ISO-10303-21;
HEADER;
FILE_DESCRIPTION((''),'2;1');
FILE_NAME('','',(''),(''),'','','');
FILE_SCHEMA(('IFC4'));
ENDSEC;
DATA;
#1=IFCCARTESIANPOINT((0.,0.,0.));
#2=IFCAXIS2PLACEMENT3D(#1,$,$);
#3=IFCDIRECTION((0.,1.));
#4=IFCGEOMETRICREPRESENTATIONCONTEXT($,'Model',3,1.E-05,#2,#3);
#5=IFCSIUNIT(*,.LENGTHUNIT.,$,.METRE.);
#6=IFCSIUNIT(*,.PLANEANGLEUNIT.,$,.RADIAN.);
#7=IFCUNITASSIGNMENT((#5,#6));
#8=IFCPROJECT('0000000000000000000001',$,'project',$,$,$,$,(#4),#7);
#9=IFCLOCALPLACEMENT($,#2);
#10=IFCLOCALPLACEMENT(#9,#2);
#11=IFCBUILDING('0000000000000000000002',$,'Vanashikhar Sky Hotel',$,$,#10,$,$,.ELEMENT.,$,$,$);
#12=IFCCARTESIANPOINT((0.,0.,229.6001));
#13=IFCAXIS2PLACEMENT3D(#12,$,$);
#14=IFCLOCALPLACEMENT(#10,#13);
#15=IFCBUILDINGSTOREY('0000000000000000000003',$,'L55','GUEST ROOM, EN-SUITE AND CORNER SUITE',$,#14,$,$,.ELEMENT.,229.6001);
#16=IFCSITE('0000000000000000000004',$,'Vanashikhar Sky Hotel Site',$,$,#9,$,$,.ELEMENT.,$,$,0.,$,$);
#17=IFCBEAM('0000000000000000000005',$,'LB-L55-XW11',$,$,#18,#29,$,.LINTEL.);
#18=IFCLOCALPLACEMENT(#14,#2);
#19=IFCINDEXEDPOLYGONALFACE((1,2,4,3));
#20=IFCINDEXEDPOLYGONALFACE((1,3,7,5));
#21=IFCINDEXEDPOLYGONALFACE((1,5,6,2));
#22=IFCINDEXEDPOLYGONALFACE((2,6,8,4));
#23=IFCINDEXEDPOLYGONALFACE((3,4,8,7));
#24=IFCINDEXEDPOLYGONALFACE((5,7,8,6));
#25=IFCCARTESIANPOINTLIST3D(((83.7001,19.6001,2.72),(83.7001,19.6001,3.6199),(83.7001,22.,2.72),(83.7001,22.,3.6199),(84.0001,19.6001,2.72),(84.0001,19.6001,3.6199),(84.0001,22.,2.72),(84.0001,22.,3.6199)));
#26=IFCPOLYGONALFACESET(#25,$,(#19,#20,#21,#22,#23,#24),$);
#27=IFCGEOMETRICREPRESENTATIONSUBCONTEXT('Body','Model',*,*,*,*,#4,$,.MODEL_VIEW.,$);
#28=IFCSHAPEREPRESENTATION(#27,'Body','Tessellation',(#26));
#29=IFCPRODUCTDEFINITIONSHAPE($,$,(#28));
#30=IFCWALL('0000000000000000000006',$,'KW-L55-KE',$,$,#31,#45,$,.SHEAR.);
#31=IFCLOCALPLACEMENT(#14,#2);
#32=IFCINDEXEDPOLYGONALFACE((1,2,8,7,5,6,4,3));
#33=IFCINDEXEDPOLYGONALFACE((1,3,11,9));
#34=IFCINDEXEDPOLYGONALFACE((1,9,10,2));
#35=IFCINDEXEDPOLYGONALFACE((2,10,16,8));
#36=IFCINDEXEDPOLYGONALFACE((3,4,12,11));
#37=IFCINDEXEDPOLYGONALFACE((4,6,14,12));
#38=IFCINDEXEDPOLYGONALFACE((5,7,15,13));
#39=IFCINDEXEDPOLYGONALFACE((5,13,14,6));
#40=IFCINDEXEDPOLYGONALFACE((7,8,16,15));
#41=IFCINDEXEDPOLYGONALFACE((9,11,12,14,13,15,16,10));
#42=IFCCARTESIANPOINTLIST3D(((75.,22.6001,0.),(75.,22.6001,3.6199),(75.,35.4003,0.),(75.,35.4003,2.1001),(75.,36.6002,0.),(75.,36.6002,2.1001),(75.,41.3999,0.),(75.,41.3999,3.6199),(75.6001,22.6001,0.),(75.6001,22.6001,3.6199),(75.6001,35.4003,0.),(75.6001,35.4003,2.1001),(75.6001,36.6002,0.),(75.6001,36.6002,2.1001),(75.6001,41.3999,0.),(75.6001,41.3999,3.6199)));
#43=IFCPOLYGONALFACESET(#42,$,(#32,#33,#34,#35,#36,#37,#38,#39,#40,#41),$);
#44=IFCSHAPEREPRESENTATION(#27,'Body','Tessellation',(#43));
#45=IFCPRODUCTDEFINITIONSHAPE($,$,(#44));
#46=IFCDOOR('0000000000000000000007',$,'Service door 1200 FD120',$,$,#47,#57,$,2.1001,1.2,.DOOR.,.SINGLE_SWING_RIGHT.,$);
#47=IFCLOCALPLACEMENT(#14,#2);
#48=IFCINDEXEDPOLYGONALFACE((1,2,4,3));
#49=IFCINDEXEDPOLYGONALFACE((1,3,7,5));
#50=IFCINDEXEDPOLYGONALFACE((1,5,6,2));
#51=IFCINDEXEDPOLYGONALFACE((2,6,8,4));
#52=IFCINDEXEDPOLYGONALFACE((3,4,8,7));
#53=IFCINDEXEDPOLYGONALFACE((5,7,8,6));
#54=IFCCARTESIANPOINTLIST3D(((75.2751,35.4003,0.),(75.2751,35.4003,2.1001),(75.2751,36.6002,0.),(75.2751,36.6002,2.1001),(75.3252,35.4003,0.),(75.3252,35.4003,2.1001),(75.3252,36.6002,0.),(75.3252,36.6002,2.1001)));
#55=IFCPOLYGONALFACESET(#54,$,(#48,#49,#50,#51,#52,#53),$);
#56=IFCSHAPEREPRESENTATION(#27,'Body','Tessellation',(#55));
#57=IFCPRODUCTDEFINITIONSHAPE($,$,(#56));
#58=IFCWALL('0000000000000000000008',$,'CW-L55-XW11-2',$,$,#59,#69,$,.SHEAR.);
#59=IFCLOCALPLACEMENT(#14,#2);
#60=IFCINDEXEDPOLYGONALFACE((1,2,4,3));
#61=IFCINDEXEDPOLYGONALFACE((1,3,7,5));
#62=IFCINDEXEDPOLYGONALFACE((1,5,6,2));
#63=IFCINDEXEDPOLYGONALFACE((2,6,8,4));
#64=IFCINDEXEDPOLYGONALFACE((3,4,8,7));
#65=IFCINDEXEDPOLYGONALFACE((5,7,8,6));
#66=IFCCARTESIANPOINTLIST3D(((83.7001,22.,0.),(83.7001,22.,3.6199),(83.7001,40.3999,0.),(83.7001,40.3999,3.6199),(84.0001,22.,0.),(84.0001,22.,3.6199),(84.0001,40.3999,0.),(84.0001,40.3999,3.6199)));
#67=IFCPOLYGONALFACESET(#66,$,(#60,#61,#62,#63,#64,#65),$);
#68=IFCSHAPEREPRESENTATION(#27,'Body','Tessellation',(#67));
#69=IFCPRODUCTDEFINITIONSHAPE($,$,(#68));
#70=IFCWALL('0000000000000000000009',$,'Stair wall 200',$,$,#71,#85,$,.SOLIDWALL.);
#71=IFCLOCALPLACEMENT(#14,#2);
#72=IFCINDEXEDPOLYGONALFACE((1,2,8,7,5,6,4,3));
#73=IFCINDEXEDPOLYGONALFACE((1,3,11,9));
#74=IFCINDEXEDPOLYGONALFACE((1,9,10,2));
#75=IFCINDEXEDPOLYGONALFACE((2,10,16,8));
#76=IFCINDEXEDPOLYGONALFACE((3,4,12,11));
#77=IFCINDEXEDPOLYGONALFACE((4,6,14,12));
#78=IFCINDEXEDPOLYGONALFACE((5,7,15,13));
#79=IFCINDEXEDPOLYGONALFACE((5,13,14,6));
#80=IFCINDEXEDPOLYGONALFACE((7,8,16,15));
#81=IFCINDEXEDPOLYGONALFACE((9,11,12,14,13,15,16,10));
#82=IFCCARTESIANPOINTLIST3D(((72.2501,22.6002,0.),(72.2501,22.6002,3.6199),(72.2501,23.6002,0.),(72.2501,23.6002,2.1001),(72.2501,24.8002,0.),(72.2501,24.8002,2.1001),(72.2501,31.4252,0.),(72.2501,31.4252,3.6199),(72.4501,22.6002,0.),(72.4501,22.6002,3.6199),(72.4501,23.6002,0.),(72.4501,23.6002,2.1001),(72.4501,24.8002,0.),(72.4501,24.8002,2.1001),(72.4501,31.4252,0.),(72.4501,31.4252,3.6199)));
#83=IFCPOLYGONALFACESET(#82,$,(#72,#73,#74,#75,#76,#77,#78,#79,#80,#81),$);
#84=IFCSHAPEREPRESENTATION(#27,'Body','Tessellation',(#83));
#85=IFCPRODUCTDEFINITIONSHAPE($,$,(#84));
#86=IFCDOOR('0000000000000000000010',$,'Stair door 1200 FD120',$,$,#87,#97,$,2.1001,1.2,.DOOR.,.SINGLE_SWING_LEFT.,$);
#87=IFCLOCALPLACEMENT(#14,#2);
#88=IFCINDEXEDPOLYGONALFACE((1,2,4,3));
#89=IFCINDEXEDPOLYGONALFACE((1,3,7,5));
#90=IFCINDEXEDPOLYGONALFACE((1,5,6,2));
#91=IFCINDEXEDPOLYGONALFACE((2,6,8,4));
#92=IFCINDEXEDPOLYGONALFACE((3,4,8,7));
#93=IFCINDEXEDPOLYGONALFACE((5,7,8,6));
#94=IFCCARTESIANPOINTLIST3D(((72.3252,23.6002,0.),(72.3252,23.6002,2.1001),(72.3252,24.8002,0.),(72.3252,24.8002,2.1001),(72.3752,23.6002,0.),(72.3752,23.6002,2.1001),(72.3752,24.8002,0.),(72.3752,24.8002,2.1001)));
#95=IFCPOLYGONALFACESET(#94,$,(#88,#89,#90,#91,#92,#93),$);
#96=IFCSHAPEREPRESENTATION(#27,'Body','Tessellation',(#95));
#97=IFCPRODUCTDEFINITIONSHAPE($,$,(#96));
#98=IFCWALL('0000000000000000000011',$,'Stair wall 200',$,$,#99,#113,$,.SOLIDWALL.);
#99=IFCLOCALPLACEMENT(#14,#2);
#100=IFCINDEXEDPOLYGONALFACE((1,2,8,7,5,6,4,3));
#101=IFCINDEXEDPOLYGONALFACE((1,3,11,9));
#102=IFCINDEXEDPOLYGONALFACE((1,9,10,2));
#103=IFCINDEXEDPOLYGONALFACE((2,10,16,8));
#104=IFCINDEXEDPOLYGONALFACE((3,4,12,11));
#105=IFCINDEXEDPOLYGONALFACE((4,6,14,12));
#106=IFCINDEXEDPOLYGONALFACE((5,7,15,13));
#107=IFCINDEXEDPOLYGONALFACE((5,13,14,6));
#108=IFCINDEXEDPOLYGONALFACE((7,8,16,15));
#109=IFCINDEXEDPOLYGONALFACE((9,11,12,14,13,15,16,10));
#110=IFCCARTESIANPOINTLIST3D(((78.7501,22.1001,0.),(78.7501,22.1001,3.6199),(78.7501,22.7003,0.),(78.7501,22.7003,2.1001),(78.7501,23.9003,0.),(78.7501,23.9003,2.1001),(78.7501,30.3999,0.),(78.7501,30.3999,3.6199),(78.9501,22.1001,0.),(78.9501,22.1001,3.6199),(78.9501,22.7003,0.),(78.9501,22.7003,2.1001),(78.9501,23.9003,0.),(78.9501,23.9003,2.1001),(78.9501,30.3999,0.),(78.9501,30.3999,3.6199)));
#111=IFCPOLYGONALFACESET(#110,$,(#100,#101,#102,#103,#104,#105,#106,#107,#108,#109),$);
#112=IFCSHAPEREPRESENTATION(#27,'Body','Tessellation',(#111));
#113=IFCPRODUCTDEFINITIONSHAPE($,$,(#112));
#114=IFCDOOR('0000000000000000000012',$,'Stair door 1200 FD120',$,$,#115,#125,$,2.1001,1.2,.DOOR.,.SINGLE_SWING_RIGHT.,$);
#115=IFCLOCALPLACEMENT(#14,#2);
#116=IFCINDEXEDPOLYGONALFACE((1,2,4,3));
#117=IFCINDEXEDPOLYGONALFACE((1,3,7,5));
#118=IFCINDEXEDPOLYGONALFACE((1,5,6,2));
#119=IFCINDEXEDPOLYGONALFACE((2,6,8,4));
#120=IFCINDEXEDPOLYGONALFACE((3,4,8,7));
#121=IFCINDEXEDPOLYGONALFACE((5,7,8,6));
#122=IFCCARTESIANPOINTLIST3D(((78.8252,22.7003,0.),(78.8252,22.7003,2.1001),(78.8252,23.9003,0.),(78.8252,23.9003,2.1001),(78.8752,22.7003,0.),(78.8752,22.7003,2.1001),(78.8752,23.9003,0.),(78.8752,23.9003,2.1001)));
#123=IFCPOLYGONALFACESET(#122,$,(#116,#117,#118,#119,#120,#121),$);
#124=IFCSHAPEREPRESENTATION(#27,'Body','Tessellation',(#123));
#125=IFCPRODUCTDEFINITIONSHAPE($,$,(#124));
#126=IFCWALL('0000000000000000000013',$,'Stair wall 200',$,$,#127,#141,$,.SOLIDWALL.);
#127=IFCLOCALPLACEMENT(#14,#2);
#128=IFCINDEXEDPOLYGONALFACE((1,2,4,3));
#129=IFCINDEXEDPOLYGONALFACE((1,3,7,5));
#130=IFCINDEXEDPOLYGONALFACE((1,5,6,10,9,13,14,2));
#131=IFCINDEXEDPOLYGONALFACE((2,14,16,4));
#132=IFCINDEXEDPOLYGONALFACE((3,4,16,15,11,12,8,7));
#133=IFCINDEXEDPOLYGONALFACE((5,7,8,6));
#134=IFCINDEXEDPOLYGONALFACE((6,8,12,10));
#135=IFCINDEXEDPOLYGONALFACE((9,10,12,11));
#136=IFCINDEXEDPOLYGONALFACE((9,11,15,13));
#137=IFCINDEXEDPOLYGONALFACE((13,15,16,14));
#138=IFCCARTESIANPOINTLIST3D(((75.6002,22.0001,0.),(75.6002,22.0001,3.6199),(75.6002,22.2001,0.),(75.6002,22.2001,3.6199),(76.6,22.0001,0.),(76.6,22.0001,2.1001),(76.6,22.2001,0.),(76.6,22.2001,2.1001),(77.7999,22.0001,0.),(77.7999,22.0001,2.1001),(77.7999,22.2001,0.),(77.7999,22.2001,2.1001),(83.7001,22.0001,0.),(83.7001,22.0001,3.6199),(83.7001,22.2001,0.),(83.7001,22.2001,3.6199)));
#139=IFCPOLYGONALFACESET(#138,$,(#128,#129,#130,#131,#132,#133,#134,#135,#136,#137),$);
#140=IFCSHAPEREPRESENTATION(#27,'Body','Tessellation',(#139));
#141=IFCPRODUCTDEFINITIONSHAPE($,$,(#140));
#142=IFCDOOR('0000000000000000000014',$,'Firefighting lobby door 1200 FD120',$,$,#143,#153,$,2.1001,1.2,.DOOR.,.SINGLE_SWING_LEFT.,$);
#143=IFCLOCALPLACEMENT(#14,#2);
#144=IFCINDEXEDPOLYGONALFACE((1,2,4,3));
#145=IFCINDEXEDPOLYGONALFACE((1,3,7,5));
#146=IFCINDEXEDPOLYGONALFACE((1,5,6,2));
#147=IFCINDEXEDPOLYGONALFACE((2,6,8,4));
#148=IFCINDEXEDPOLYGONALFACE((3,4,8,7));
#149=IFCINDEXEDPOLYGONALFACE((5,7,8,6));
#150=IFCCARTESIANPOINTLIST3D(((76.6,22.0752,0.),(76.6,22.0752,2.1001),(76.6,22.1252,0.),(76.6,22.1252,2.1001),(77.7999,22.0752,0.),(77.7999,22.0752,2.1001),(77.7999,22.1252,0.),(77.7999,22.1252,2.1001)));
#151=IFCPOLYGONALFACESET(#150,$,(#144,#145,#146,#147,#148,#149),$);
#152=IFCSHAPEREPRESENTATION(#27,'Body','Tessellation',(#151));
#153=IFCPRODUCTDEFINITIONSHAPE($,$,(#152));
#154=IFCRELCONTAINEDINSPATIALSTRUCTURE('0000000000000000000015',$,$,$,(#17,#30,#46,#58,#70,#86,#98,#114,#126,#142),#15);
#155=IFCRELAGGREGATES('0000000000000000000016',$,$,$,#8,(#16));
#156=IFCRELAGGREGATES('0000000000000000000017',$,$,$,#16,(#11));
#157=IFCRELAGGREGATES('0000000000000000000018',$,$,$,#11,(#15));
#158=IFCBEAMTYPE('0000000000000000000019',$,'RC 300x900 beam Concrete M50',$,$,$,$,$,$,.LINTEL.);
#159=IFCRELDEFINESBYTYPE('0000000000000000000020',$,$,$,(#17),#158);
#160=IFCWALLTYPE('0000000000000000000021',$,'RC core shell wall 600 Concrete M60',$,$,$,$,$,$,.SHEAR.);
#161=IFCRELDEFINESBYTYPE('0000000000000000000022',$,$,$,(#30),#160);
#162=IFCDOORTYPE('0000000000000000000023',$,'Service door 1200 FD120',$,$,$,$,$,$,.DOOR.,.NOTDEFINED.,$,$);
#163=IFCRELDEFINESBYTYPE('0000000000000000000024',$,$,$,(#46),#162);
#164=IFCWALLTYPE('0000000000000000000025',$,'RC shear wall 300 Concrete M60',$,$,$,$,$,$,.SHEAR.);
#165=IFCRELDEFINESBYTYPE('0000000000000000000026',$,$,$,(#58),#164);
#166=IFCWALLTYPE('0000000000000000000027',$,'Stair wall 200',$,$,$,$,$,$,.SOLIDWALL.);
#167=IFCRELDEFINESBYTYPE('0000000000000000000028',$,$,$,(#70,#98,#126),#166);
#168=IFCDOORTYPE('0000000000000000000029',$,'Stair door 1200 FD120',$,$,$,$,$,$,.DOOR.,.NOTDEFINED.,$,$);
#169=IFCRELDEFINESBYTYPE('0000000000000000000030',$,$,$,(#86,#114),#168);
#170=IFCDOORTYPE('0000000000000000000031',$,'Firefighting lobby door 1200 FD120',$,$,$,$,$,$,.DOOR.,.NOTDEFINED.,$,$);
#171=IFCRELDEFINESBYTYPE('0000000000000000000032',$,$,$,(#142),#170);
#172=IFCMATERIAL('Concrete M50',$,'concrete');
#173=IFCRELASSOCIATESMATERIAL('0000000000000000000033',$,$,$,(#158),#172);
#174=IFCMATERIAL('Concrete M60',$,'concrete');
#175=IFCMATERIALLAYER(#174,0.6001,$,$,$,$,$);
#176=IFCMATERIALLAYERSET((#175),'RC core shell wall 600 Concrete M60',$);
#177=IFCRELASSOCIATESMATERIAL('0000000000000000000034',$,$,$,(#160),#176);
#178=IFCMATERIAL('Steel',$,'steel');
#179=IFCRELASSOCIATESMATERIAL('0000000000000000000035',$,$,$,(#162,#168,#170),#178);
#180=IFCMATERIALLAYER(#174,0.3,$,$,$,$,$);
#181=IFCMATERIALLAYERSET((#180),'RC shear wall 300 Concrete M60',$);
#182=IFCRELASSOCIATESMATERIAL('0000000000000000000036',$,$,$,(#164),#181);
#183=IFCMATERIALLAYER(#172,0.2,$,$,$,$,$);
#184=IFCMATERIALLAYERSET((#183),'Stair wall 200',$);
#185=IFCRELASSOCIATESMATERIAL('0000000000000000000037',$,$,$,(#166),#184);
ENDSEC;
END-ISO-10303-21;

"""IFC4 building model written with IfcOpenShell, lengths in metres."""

from ifc_helpers import new_model, si_unit, direction, frame, frame_2d, origin, origin_2d, place, context, subcontext, project, spatial, rectangle, extrude, source, transform, mapped, material, layer, layer_set, material_profile, profile_set, type_object, element, fill, save


model = new_model("IFC4")

# Units and contexts
model_context = context("Model", 3, precision=1e-05, world=origin(), true_north=direction((0.0, 1.0)))
body_context = subcontext(model_context, "Body", "Model", "MODEL_VIEW")
ifc_project = project(units=[si_unit("LENGTHUNIT", "METRE"), si_unit("PLANEANGLEUNIT", "RADIAN")], contexts=[model_context])

# Site, building, storey
site_placement = place(None, origin())
site = spatial("IfcSite", under=ifc_project, at=site_placement, Name="Vanashikhar Sky Hotel Site", CompositionType="ELEMENT", RefElevation=0.0)
building_placement = place(site_placement, origin())
building = spatial("IfcBuilding", under=site, at=building_placement, Name="Vanashikhar Sky Hotel", CompositionType="ELEMENT")
storey_placement = place(building_placement, frame((0.0, 0.0, 229.6001)))
storey = spatial("IfcBuildingStorey", under=building, at=storey_placement, Name="L55", Description="GUEST ROOM, EN-SUITE AND CORNER SUITE", CompositionType="ELEMENT", Elevation=229.6001)

# Beam
ifc_material_1 = material(Name="Concrete M50", Category="concrete")
ifc_material_profile = material_profile(ifc_material_1, rectangle(XDim=0.3, YDim=0.8999, at=origin_2d()))
ifc_profile_set = profile_set([ifc_material_profile], Name="RC 300x900 beam Concrete M50")
beam_type = type_object("IfcBeamType", Name="RC 300x900 beam Concrete M50", PredefinedType="LINTEL", material=ifc_profile_set)
shared_shape_1 = source(origin(), body_context, "Body", "SweptSolid", [
    extrude(rectangle(XDim=0.3, YDim=0.8999, at=origin_2d()), origin(), (0.0, 0.0, 1.0), 2.3999),
])
beam_placement = place(storey_placement, frame((83.8501, 19.6001, 3.1699), z_axis=(0.0, 1.0, 0.0), x_axis=(-1.0, 0.0, 0.0)))
element("IfcBeam", 1, at=beam_placement, inside=storey, type_object=beam_type, Name="LB-L55-XW11", PredefinedType="LINTEL", context=body_context, shape_type="MappedRepresentation", body=[
    mapped(shared_shape_1, transform((0.0, 0.0, 0.0), scale=1.0)),
])

# Wall, opening, door
ifc_material_2 = material(Name="Concrete M60", Category="concrete")
ifc_layer_1 = layer(ifc_material_2, 0.6001)
ifc_layer_set_1 = layer_set([ifc_layer_1], Name="RC core shell wall 600 Concrete M60")
wall_type_1 = type_object("IfcWallType", Name="RC core shell wall 600 Concrete M60", PredefinedType="SHEAR", material=ifc_layer_set_1)
shared_shape_2 = source(origin(), body_context, "Body", "SweptSolid", [
    extrude(rectangle(XDim=18.7998, YDim=0.6001, at=frame_2d((9.3999, 0.0))), origin(), (0.0, 0.0, 1.0), 3.6199),
])
wall_1_placement = place(storey_placement, frame((75.3, 22.6001, 0.0), z_axis=(0.0, 0.0, 1.0), x_axis=(0.0, 1.0, 0.0)))
wall_1 = element("IfcWall", 2, at=wall_1_placement, inside=storey, type_object=wall_type_1, Name="KW-L55-KE", PredefinedType="SHEAR", context=body_context, shape_type="MappedRepresentation", body=[
    mapped(shared_shape_2, transform((0.0, 0.0, 0.0), scale=1.0)),
])
shared_shape_3 = source(origin(), body_context, "Body", "SweptSolid", [
    extrude(rectangle(XDim=1.2, YDim=2.1001, at=frame_2d((0.6001, 1.05))), frame((0.0, 0.3101, 0.0), z_axis=(0.0, -1.0, 0.0), x_axis=(1.0, 0.0, 0.0)), (0.0, 0.0, 1.0), 0.6201),
])
opening_1_placement = place(wall_1_placement, frame((12.8, 0.0, 0.0)))
opening_1 = element("IfcOpeningElement", 3, at=opening_1_placement, cuts=wall_1, PredefinedType="OPENING", context=body_context, shape_type="MappedRepresentation", body=[
    mapped(shared_shape_3, transform((0.0, 0.0, 0.0), scale=1.0)),
])
ifc_material_3 = material(Name="Steel", Category="steel")
door_type_1 = type_object("IfcDoorType", Name="Service door 1200 FD120", OperationType="NOTDEFINED", PredefinedType="DOOR", material=ifc_material_3)
shared_shape_4 = source(origin(), body_context, "Body", "SweptSolid", [
    extrude(rectangle(XDim=1.2, YDim=2.1001, at=frame_2d((0.6001, 1.05))), frame((0.0, 0.0249, 0.0), z_axis=(0.0, -1.0, 0.0), x_axis=(1.0, 0.0, 0.0)), (0.0, 0.0, 1.0), 0.05),
])
door_1_placement = place(opening_1_placement, origin())
door_1 = element("IfcDoor", 4, at=door_1_placement, inside=storey, type_object=door_type_1, Name="Service door 1200 FD120", OperationType="SINGLE_SWING_RIGHT", OverallHeight=2.1001, OverallWidth=1.2, PredefinedType="DOOR", context=body_context, shape_type="MappedRepresentation", body=[
    mapped(shared_shape_4, transform((0.0, 0.0, 0.0), scale=1.0)),
])
fill(opening_1, door_1)

# Wall
ifc_layer_2 = layer(ifc_material_2, 0.3)
ifc_layer_set_2 = layer_set([ifc_layer_2], Name="RC shear wall 300 Concrete M60")
wall_type_2 = type_object("IfcWallType", Name="RC shear wall 300 Concrete M60", PredefinedType="SHEAR", material=ifc_layer_set_2)
shared_shape_5 = source(origin(), body_context, "Body", "SweptSolid", [
    extrude(rectangle(XDim=18.3999, YDim=0.3, at=frame_2d((9.2, 0.0))), origin(), (0.0, 0.0, 1.0), 3.6199),
])
wall_2_placement = place(storey_placement, frame((83.8501, 22.0, 0.0), z_axis=(0.0, 0.0, 1.0), x_axis=(0.0, 1.0, 0.0)))
element("IfcWall", 5, at=wall_2_placement, inside=storey, type_object=wall_type_2, Name="CW-L55-XW11-2", PredefinedType="SHEAR", context=body_context, shape_type="MappedRepresentation", body=[
    mapped(shared_shape_5, transform((0.0, 0.0, 0.0), scale=1.0)),
])

# Walls, openings, doors
ifc_layer_3 = layer(ifc_material_1, 0.2)
ifc_layer_set_3 = layer_set([ifc_layer_3], Name="Stair wall 200")
wall_type_3 = type_object("IfcWallType", Name="Stair wall 200", PredefinedType="SOLIDWALL", material=ifc_layer_set_3)
shared_shape_6 = source(origin(), body_context, "Body", "SweptSolid", [
    extrude(rectangle(XDim=8.825, YDim=0.2, at=frame_2d((4.4126, 0.0))), origin(), (0.0, 0.0, 1.0), 3.6199),
])
wall_3_placement = place(storey_placement, frame((72.3501, 22.6001, 0.0), z_axis=(0.0, 0.0, 1.0), x_axis=(0.0, 1.0, 0.0)))
wall_3 = element("IfcWall", 6, at=wall_3_placement, inside=storey, type_object=wall_type_3, Name="Stair wall 200", PredefinedType="SOLIDWALL", context=body_context, shape_type="MappedRepresentation", body=[
    mapped(shared_shape_6, transform((0.0, 0.0, 0.0), scale=1.0)),
])
shared_shape_7 = source(origin(), body_context, "Body", "SweptSolid", [
    extrude(rectangle(XDim=1.2, YDim=2.1001, at=frame_2d((0.6001, 1.05))), frame((0.0, 0.1099, 0.0), z_axis=(0.0, -1.0, 0.0), x_axis=(1.0, 0.0, 0.0)), (0.0, 0.0, 1.0), 0.22),
])
opening_2_placement = place(wall_3_placement, frame((1.0, 0.0, 0.0)))
opening_2 = element("IfcOpeningElement", 7, at=opening_2_placement, cuts=wall_3, PredefinedType="OPENING", context=body_context, shape_type="MappedRepresentation", body=[
    mapped(shared_shape_7, transform((0.0, 0.0, 0.0), scale=1.0)),
])
door_type_2 = type_object("IfcDoorType", Name="Stair door 1200 FD120", OperationType="NOTDEFINED", PredefinedType="DOOR", material=ifc_material_3)
door_2_placement = place(opening_2_placement, origin())
door_2 = element("IfcDoor", 8, at=door_2_placement, inside=storey, type_object=door_type_2, Name="Stair door 1200 FD120", OperationType="SINGLE_SWING_LEFT", OverallHeight=2.1001, OverallWidth=1.2, PredefinedType="DOOR", context=body_context, shape_type="MappedRepresentation", body=[
    mapped(shared_shape_4, transform((0.0, 0.0, 0.0), scale=1.0)),
])
fill(opening_2, door_2)
shared_shape_8 = source(origin(), body_context, "Body", "SweptSolid", [
    extrude(rectangle(XDim=8.2998, YDim=0.2, at=frame_2d((4.1499, 0.0))), origin(), (0.0, 0.0, 1.0), 3.6199),
])
wall_4_placement = place(storey_placement, frame((78.8501, 22.1001, 0.0), z_axis=(0.0, 0.0, 1.0), x_axis=(0.0, 1.0, 0.0)))
wall_4 = element("IfcWall", 9, at=wall_4_placement, inside=storey, type_object=wall_type_3, Name="Stair wall 200", PredefinedType="SOLIDWALL", context=body_context, shape_type="MappedRepresentation", body=[
    mapped(shared_shape_8, transform((0.0, 0.0, 0.0), scale=1.0)),
])
opening_3_placement = place(wall_4_placement, frame((0.6001, 0.0, 0.0)))
opening_3 = element("IfcOpeningElement", 10, at=opening_3_placement, cuts=wall_4, PredefinedType="OPENING", context=body_context, shape_type="MappedRepresentation", body=[
    mapped(shared_shape_7, transform((0.0, 0.0, 0.0), scale=1.0)),
])
door_3_placement = place(opening_3_placement, origin())
door_3 = element("IfcDoor", 11, at=door_3_placement, inside=storey, type_object=door_type_2, Name="Stair door 1200 FD120", OperationType="SINGLE_SWING_RIGHT", OverallHeight=2.1001, OverallWidth=1.2, PredefinedType="DOOR", context=body_context, shape_type="MappedRepresentation", body=[
    mapped(shared_shape_4, transform((0.0, 0.0, 0.0), scale=1.0)),
])
fill(opening_3, door_3)
shared_shape_9 = source(origin(), body_context, "Body", "SweptSolid", [
    extrude(rectangle(XDim=8.0999, YDim=0.2, at=frame_2d((4.0498, 0.0))), origin(), (0.0, 0.0, 1.0), 3.6199),
])
wall_5_placement = place(storey_placement, frame((83.7, 22.1001, 0.0), z_axis=(0.0, 0.0, 1.0), x_axis=(-1.0, 0.0, 0.0)))
wall_5 = element("IfcWall", 12, at=wall_5_placement, inside=storey, type_object=wall_type_3, Name="Stair wall 200", PredefinedType="SOLIDWALL", context=body_context, shape_type="MappedRepresentation", body=[
    mapped(shared_shape_9, transform((0.0, 0.0, 0.0), scale=1.0)),
])
opening_4_placement = place(wall_5_placement, frame((5.8999, 0.0, 0.0)))
opening_4 = element("IfcOpeningElement", 13, at=opening_4_placement, cuts=wall_5, PredefinedType="OPENING", context=body_context, shape_type="MappedRepresentation", body=[
    mapped(shared_shape_7, transform((0.0, 0.0, 0.0), scale=1.0)),
])
door_type_3 = type_object("IfcDoorType", Name="Firefighting lobby door 1200 FD120", OperationType="NOTDEFINED", PredefinedType="DOOR", material=ifc_material_3)
door_4_placement = place(opening_4_placement, origin())
door_4 = element("IfcDoor", 14, at=door_4_placement, inside=storey, type_object=door_type_3, Name="Firefighting lobby door 1200 FD120", OperationType="SINGLE_SWING_LEFT", OverallHeight=2.1001, OverallWidth=1.2, PredefinedType="DOOR", context=body_context, shape_type="MappedRepresentation", body=[
    mapped(shared_shape_4, transform((0.0, 0.0, 0.0), scale=1.0)),
])
fill(opening_4, door_4)

save(model, "model.ifc")
